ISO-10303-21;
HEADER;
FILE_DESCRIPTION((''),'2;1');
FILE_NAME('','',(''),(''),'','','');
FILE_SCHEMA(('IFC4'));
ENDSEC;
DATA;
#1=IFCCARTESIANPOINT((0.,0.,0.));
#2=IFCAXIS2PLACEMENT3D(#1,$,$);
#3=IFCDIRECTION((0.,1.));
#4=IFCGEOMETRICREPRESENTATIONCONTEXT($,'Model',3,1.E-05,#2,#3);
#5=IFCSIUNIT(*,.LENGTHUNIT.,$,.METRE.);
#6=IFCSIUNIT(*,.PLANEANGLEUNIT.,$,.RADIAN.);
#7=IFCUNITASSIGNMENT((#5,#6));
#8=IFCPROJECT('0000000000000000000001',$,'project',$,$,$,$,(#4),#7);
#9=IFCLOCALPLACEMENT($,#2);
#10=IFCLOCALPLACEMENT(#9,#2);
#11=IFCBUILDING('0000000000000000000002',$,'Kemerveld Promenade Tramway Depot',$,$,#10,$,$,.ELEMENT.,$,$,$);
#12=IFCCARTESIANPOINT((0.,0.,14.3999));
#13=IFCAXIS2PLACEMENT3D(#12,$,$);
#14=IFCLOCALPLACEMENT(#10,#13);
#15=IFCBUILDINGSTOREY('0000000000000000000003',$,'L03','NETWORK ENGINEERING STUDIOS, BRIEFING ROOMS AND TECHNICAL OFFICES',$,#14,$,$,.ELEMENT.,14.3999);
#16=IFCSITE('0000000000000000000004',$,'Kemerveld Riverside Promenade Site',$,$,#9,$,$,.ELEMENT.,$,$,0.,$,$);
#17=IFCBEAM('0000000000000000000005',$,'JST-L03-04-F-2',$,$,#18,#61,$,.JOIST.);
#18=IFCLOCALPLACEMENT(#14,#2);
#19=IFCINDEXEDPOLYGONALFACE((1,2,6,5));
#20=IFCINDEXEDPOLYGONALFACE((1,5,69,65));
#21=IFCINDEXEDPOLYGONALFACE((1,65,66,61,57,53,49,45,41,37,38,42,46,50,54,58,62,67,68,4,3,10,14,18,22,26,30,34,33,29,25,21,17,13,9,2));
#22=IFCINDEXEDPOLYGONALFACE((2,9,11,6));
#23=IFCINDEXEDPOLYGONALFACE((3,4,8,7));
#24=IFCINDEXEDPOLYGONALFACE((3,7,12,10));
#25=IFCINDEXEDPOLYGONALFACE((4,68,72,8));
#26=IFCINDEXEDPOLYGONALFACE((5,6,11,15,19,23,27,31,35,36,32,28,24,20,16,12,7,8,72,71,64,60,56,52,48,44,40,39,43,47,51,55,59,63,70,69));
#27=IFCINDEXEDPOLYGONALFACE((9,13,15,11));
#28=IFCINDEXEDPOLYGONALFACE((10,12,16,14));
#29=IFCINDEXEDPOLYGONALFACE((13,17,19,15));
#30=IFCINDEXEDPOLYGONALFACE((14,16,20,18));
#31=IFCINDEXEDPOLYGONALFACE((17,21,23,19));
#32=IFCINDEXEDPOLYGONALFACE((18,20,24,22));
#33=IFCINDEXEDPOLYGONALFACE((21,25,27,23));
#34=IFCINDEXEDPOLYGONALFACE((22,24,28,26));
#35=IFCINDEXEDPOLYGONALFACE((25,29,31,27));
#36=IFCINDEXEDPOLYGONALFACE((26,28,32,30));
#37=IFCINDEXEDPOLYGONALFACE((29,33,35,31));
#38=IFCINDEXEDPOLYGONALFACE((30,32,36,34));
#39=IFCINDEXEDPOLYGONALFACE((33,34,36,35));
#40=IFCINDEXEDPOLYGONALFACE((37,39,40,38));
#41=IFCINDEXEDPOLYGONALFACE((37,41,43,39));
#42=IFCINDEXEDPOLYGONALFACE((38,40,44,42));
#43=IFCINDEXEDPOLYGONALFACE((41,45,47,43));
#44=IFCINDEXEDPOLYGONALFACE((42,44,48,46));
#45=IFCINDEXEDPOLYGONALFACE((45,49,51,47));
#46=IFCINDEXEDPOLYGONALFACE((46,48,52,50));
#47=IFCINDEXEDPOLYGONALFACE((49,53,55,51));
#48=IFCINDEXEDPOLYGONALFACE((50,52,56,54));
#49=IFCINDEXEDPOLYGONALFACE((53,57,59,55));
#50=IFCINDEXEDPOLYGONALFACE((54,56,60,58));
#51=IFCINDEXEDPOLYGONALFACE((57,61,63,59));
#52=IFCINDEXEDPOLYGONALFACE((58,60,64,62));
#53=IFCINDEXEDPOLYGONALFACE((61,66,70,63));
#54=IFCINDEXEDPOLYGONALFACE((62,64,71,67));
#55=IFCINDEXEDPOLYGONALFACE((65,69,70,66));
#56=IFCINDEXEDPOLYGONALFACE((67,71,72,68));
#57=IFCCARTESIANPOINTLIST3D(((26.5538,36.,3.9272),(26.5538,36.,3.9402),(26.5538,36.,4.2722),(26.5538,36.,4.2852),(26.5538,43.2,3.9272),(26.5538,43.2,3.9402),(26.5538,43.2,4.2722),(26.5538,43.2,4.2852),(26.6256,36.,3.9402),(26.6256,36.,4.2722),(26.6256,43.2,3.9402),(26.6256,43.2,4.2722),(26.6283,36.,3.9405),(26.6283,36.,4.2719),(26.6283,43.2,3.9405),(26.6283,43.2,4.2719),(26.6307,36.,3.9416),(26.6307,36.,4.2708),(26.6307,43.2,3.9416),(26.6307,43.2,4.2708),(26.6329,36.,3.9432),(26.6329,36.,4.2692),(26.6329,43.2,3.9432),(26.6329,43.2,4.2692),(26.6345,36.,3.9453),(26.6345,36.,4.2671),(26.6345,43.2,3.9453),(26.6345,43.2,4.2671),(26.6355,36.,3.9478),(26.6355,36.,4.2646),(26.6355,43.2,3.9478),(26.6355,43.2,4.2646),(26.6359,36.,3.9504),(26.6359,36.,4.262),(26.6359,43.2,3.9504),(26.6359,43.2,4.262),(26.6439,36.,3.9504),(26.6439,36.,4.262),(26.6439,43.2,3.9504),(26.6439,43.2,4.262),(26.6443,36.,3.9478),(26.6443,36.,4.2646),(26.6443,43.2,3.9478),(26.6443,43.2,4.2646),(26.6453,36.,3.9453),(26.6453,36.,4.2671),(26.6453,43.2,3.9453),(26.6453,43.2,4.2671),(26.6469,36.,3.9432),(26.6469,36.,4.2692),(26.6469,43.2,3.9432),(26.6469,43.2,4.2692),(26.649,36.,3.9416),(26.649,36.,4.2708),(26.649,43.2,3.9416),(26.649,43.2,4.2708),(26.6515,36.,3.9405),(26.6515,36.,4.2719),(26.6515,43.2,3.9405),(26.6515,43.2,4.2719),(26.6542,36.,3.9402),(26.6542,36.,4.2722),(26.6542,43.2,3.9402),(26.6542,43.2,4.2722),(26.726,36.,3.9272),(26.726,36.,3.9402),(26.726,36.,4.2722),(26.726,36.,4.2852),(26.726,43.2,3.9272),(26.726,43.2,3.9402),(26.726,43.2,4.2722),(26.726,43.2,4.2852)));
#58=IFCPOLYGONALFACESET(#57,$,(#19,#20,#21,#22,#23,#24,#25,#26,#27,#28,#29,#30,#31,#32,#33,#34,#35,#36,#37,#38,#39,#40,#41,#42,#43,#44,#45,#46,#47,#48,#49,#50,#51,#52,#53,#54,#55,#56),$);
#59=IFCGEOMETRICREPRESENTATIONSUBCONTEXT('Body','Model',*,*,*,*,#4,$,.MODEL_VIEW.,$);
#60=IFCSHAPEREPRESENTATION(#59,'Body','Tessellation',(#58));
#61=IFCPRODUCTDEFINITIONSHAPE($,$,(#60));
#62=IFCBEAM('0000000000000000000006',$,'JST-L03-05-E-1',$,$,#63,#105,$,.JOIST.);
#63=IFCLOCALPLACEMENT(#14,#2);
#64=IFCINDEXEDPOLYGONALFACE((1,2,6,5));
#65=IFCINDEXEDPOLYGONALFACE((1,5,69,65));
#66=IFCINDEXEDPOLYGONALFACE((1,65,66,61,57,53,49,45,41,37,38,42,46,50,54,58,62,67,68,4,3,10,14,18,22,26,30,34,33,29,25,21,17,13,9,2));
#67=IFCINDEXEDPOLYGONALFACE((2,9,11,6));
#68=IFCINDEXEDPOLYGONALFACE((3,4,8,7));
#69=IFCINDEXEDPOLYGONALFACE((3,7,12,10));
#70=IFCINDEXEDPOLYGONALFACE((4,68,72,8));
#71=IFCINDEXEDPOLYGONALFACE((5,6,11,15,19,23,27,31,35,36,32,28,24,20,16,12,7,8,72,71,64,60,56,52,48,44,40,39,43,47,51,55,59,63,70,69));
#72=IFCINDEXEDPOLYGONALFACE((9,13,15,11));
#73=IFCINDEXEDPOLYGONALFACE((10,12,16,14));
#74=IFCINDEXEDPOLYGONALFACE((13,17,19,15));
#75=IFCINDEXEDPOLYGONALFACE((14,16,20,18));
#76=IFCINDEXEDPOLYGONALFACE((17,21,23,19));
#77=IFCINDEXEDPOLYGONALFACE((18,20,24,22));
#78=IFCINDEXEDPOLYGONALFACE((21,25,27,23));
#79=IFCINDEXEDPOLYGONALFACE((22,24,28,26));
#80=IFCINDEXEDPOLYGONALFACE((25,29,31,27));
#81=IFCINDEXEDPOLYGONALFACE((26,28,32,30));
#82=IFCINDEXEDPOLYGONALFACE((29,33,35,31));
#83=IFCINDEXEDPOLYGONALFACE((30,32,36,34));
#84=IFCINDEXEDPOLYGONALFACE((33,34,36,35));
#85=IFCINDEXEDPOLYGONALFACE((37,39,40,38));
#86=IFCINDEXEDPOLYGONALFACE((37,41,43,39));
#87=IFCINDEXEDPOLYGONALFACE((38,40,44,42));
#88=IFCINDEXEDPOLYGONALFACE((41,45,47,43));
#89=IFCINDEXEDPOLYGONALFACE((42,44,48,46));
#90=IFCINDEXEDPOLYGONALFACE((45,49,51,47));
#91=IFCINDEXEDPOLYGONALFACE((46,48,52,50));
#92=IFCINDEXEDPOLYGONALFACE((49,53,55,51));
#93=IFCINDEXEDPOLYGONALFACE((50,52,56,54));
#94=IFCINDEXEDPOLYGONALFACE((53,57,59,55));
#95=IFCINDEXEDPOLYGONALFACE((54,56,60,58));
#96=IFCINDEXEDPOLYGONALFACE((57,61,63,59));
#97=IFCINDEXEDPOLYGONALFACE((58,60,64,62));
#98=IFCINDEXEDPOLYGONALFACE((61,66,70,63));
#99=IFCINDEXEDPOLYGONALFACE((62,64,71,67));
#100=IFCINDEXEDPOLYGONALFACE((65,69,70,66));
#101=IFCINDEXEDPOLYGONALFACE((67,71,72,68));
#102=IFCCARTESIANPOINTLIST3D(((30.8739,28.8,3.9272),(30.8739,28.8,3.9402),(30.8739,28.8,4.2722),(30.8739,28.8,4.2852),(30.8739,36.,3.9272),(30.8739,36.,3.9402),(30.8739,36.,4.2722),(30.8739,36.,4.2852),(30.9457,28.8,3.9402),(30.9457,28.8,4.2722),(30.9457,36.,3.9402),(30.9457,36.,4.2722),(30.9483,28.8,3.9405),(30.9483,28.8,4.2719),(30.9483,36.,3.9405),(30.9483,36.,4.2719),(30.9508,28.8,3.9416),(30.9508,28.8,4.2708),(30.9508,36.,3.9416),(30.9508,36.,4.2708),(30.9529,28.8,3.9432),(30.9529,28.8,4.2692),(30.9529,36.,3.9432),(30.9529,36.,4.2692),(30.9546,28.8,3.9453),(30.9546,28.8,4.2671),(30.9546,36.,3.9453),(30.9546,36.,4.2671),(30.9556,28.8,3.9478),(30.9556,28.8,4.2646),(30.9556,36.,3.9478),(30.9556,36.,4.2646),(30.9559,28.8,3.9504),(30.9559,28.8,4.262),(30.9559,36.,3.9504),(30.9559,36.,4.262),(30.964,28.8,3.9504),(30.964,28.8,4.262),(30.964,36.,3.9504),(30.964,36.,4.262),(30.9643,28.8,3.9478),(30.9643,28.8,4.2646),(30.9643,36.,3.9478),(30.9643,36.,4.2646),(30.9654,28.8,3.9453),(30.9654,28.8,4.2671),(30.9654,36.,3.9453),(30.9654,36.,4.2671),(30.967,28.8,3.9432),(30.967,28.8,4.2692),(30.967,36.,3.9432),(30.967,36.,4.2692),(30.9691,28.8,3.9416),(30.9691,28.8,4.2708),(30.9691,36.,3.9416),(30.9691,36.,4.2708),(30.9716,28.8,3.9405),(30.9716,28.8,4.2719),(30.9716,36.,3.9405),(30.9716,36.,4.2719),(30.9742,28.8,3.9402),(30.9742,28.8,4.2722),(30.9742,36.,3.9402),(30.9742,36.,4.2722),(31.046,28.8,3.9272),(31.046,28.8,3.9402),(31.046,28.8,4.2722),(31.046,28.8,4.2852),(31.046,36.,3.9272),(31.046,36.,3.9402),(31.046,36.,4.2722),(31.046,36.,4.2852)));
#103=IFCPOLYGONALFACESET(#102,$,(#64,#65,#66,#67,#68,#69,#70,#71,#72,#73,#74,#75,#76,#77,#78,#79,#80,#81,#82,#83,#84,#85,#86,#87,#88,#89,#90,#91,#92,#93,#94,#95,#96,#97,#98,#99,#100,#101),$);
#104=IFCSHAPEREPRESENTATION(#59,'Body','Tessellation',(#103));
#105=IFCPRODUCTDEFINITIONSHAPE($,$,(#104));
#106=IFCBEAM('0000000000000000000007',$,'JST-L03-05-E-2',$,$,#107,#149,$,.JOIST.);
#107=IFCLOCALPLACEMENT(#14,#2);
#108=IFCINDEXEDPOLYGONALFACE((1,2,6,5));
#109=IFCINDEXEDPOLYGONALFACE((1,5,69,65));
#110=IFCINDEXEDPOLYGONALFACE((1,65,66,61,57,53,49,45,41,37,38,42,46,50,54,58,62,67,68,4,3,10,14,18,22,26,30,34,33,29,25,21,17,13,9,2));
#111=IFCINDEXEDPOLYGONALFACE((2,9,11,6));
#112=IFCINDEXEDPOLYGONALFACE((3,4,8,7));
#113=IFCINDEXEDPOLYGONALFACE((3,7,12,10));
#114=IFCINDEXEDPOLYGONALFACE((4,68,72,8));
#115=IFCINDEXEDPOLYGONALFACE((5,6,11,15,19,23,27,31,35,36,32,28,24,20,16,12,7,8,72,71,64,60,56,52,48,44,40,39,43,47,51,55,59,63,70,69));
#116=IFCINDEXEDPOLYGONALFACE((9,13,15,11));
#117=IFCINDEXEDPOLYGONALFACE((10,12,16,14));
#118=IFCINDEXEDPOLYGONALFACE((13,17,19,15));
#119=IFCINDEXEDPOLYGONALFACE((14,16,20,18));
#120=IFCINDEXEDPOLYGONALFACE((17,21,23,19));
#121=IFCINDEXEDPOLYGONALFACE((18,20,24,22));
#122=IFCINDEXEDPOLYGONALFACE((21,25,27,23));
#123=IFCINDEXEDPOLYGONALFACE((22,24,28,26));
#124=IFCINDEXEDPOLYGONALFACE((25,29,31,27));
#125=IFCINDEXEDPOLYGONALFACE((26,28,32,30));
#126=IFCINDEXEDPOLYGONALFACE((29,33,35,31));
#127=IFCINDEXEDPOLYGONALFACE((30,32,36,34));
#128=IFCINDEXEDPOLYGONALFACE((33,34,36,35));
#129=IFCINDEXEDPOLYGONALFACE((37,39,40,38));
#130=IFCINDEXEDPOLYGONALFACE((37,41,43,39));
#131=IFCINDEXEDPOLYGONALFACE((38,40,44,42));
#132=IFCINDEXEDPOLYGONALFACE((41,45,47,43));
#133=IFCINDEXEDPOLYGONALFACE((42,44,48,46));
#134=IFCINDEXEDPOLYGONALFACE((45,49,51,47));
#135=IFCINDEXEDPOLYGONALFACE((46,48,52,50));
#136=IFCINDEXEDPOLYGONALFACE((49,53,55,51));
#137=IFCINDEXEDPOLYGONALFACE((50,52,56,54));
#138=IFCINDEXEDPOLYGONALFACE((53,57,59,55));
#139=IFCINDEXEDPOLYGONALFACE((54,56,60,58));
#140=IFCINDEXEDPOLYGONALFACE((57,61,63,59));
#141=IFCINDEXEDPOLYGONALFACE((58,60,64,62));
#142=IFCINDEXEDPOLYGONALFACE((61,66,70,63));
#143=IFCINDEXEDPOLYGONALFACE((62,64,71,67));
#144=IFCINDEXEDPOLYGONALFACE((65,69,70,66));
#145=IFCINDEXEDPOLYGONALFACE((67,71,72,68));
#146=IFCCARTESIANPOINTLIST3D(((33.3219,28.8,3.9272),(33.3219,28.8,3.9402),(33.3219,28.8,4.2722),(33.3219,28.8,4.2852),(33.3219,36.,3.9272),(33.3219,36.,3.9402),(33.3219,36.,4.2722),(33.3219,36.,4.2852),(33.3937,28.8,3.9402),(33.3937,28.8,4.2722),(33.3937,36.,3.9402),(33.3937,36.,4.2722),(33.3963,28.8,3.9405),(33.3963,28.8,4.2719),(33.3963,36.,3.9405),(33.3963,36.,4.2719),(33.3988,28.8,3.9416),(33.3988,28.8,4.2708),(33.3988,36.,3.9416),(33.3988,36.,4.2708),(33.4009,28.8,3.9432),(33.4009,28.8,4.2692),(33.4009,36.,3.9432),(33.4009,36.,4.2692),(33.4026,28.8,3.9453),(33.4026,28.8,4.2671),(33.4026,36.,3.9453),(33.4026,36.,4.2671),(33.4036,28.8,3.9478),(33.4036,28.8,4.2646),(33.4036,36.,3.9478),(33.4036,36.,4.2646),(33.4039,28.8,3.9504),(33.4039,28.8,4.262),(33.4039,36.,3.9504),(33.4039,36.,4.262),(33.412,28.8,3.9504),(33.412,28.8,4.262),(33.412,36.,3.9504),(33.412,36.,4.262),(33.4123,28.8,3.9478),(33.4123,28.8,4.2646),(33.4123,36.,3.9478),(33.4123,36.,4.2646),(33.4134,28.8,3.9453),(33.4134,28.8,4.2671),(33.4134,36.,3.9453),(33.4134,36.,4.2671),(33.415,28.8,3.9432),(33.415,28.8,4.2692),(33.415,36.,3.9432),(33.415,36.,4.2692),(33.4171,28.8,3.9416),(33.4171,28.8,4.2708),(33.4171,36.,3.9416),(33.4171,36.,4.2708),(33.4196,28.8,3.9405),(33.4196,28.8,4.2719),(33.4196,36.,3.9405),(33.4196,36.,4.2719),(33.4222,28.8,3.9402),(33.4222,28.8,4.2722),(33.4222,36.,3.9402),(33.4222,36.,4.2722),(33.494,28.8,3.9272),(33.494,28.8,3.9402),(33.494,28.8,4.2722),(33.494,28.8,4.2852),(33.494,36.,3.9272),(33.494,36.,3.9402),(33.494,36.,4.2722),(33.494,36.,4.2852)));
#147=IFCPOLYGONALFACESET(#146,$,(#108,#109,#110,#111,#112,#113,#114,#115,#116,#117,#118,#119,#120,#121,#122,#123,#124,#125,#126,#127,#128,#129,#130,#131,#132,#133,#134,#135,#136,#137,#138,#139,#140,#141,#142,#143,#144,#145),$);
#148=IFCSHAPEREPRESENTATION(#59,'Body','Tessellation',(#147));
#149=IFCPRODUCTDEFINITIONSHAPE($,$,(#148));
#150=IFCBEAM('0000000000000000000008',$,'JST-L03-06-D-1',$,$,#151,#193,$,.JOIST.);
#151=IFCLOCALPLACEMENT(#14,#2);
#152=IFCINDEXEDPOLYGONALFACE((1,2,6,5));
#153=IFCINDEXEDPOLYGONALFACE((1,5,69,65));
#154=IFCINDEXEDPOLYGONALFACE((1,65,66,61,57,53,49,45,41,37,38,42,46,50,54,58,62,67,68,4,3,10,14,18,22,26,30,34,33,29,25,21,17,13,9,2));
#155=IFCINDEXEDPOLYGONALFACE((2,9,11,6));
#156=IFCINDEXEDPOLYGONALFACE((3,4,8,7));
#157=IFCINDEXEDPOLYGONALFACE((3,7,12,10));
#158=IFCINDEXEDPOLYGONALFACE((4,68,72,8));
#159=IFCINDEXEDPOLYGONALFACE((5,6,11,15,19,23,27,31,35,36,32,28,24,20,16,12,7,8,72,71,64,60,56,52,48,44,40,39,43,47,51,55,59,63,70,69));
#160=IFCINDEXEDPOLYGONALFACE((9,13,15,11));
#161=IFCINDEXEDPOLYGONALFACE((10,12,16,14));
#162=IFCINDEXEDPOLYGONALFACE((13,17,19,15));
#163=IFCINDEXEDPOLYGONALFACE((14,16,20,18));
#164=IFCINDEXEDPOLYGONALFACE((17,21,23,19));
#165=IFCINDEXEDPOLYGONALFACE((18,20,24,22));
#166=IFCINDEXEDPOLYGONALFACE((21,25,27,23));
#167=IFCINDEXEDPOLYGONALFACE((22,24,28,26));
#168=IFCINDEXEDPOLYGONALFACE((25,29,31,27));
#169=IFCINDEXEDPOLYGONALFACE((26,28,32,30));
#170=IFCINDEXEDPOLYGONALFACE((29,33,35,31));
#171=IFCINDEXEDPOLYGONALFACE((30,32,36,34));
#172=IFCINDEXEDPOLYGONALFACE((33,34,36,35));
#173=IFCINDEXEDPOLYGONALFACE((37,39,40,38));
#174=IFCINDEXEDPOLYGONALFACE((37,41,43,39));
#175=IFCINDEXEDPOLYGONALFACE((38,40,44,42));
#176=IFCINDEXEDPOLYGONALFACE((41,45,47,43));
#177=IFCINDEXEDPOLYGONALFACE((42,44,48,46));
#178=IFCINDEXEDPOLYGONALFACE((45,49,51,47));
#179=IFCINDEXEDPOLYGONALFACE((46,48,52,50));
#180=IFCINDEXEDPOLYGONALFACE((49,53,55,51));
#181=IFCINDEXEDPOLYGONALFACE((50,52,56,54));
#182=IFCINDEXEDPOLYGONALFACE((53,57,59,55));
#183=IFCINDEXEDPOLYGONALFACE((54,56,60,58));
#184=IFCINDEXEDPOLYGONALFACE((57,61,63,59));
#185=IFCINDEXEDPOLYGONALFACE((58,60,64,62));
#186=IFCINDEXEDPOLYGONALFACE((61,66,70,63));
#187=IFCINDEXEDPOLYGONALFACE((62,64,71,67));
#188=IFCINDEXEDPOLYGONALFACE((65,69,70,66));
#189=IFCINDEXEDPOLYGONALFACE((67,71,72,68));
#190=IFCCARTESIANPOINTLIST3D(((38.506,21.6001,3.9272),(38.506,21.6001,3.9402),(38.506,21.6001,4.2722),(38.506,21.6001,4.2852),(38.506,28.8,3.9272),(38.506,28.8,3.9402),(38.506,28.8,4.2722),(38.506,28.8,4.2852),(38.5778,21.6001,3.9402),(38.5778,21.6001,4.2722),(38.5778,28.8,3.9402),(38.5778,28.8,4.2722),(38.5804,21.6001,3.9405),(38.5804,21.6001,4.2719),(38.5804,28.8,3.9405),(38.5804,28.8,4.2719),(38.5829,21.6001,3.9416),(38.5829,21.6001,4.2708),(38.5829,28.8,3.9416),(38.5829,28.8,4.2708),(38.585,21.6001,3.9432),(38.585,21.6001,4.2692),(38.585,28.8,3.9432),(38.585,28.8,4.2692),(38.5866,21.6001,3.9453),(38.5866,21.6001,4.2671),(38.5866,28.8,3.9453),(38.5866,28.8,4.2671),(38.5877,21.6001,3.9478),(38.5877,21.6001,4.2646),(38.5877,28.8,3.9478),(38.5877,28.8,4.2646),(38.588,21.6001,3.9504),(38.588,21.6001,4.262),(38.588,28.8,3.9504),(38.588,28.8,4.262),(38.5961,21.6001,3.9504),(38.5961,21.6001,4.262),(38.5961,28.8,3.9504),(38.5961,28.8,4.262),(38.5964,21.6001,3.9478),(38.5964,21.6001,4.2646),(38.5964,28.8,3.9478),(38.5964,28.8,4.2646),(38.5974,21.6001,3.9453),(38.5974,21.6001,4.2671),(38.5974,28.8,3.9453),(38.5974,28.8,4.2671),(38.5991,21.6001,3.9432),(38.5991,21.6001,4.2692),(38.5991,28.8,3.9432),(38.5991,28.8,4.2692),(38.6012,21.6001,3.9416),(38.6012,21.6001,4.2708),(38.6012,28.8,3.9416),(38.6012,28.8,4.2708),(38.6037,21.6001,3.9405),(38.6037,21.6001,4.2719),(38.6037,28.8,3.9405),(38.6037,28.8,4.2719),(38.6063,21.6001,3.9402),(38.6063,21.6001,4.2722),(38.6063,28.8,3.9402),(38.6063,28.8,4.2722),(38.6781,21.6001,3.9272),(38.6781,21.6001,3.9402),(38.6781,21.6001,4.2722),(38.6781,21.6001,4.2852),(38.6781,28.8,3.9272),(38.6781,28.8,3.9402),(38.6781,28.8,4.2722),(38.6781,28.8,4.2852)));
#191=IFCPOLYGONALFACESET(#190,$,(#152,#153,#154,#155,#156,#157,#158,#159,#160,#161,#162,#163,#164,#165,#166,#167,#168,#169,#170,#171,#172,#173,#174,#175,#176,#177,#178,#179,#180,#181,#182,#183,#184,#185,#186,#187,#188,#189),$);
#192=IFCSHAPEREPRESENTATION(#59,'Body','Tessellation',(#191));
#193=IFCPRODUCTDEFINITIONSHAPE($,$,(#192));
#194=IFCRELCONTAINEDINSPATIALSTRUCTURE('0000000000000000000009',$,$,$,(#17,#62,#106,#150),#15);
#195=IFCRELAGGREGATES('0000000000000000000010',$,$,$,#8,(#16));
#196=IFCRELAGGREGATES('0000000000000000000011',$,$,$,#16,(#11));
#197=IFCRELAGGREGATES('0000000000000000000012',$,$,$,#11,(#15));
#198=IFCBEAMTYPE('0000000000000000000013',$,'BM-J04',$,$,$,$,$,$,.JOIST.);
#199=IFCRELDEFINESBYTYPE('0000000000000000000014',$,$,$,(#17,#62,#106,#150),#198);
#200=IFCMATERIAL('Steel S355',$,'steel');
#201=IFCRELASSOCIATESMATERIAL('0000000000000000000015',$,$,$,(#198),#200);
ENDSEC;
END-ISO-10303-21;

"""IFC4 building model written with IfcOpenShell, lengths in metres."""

from ifc_helpers import new_model, si_unit, direction, frame, origin, origin_2d, place, context, subcontext, project, spatial, i_section, extrude, material, material_profile, profile_set, type_object, element, save


model = new_model("IFC4")

# Units and contexts
model_context = context("Model", 3, precision=1e-05, world=origin(), true_north=direction((0.0, 1.0)))
body_context = subcontext(model_context, "Body", "Model", "MODEL_VIEW")
ifc_project = project(units=[si_unit("LENGTHUNIT", "METRE"), si_unit("PLANEANGLEUNIT", "RADIAN")], contexts=[model_context])

# Site, building, storey
site_placement = place(None, origin())
site = spatial("IfcSite", under=ifc_project, at=site_placement, Name="Kemerveld Riverside Promenade Site", CompositionType="ELEMENT", RefElevation=0.0)
building_placement = place(site_placement, origin())
building = spatial("IfcBuilding", under=site, at=building_placement, Name="Kemerveld Promenade Tramway Depot", CompositionType="ELEMENT")
storey_placement = place(building_placement, frame((0.0, 0.0, 14.3999)))
storey = spatial("IfcBuildingStorey", under=building, at=storey_placement, Name="L03", Description="NETWORK ENGINEERING STUDIOS, BRIEFING ROOMS AND TECHNICAL OFFICES", CompositionType="ELEMENT", Elevation=14.3999)

# Shared definitions
ifc_material = material(Name="Steel S355", Category="steel")

# Beams
ifc_material_profile_1 = material_profile(ifc_material, i_section(OverallWidth=0.1721, OverallDepth=0.3579, WebThickness=0.0081, FlangeThickness=0.0129, FilletRadius=0.0103, at=origin_2d()), Name="356x171x57 UB")
ifc_profile_set_1 = profile_set([ifc_material_profile_1], Name="Steel S355")
beam_type_1 = type_object("IfcBeamType", Name="BM-J04", PredefinedType="JOIST", material=ifc_profile_set_1)
for number, where, z_axis, x_axis, name in (
    (1, (26.6399, 36.0, 4.1062), (0.0, 1.0, 0.0), (-1.0, 0.0, 0.0), "JST-L03-04-F-2"),
    (2, (30.96, 28.8, 4.1062), (0.0, 1.0, 0.0), (-1.0, 0.0, 0.0), "JST-L03-05-E-1"),
    (3, (33.408, 28.8, 4.1062), (0.0, 1.0, 0.0), (-1.0, 0.0, 0.0), "JST-L03-05-E-2"),
    (4, (38.592, 21.6001, 4.1062), (0.0, 1.0, 0.0), (-1.0, 0.0, 0.0), "JST-L03-06-D-1"),
):
    element("IfcBeam", number, at=place(storey_placement, frame(where, z_axis=z_axis, x_axis=x_axis)), inside=storey, type_object=beam_type_1, Name=name, PredefinedType="JOIST", context=body_context, shape_type="SweptSolid", body=[
        extrude(i_section(OverallWidth=0.1721, OverallDepth=0.3579, WebThickness=0.0081, FlangeThickness=0.0129, FilletRadius=0.0103, at=origin_2d()), origin(), (0.0, 0.0, 1.0), 7.2),
    ])

save(model, "model.ifc")
